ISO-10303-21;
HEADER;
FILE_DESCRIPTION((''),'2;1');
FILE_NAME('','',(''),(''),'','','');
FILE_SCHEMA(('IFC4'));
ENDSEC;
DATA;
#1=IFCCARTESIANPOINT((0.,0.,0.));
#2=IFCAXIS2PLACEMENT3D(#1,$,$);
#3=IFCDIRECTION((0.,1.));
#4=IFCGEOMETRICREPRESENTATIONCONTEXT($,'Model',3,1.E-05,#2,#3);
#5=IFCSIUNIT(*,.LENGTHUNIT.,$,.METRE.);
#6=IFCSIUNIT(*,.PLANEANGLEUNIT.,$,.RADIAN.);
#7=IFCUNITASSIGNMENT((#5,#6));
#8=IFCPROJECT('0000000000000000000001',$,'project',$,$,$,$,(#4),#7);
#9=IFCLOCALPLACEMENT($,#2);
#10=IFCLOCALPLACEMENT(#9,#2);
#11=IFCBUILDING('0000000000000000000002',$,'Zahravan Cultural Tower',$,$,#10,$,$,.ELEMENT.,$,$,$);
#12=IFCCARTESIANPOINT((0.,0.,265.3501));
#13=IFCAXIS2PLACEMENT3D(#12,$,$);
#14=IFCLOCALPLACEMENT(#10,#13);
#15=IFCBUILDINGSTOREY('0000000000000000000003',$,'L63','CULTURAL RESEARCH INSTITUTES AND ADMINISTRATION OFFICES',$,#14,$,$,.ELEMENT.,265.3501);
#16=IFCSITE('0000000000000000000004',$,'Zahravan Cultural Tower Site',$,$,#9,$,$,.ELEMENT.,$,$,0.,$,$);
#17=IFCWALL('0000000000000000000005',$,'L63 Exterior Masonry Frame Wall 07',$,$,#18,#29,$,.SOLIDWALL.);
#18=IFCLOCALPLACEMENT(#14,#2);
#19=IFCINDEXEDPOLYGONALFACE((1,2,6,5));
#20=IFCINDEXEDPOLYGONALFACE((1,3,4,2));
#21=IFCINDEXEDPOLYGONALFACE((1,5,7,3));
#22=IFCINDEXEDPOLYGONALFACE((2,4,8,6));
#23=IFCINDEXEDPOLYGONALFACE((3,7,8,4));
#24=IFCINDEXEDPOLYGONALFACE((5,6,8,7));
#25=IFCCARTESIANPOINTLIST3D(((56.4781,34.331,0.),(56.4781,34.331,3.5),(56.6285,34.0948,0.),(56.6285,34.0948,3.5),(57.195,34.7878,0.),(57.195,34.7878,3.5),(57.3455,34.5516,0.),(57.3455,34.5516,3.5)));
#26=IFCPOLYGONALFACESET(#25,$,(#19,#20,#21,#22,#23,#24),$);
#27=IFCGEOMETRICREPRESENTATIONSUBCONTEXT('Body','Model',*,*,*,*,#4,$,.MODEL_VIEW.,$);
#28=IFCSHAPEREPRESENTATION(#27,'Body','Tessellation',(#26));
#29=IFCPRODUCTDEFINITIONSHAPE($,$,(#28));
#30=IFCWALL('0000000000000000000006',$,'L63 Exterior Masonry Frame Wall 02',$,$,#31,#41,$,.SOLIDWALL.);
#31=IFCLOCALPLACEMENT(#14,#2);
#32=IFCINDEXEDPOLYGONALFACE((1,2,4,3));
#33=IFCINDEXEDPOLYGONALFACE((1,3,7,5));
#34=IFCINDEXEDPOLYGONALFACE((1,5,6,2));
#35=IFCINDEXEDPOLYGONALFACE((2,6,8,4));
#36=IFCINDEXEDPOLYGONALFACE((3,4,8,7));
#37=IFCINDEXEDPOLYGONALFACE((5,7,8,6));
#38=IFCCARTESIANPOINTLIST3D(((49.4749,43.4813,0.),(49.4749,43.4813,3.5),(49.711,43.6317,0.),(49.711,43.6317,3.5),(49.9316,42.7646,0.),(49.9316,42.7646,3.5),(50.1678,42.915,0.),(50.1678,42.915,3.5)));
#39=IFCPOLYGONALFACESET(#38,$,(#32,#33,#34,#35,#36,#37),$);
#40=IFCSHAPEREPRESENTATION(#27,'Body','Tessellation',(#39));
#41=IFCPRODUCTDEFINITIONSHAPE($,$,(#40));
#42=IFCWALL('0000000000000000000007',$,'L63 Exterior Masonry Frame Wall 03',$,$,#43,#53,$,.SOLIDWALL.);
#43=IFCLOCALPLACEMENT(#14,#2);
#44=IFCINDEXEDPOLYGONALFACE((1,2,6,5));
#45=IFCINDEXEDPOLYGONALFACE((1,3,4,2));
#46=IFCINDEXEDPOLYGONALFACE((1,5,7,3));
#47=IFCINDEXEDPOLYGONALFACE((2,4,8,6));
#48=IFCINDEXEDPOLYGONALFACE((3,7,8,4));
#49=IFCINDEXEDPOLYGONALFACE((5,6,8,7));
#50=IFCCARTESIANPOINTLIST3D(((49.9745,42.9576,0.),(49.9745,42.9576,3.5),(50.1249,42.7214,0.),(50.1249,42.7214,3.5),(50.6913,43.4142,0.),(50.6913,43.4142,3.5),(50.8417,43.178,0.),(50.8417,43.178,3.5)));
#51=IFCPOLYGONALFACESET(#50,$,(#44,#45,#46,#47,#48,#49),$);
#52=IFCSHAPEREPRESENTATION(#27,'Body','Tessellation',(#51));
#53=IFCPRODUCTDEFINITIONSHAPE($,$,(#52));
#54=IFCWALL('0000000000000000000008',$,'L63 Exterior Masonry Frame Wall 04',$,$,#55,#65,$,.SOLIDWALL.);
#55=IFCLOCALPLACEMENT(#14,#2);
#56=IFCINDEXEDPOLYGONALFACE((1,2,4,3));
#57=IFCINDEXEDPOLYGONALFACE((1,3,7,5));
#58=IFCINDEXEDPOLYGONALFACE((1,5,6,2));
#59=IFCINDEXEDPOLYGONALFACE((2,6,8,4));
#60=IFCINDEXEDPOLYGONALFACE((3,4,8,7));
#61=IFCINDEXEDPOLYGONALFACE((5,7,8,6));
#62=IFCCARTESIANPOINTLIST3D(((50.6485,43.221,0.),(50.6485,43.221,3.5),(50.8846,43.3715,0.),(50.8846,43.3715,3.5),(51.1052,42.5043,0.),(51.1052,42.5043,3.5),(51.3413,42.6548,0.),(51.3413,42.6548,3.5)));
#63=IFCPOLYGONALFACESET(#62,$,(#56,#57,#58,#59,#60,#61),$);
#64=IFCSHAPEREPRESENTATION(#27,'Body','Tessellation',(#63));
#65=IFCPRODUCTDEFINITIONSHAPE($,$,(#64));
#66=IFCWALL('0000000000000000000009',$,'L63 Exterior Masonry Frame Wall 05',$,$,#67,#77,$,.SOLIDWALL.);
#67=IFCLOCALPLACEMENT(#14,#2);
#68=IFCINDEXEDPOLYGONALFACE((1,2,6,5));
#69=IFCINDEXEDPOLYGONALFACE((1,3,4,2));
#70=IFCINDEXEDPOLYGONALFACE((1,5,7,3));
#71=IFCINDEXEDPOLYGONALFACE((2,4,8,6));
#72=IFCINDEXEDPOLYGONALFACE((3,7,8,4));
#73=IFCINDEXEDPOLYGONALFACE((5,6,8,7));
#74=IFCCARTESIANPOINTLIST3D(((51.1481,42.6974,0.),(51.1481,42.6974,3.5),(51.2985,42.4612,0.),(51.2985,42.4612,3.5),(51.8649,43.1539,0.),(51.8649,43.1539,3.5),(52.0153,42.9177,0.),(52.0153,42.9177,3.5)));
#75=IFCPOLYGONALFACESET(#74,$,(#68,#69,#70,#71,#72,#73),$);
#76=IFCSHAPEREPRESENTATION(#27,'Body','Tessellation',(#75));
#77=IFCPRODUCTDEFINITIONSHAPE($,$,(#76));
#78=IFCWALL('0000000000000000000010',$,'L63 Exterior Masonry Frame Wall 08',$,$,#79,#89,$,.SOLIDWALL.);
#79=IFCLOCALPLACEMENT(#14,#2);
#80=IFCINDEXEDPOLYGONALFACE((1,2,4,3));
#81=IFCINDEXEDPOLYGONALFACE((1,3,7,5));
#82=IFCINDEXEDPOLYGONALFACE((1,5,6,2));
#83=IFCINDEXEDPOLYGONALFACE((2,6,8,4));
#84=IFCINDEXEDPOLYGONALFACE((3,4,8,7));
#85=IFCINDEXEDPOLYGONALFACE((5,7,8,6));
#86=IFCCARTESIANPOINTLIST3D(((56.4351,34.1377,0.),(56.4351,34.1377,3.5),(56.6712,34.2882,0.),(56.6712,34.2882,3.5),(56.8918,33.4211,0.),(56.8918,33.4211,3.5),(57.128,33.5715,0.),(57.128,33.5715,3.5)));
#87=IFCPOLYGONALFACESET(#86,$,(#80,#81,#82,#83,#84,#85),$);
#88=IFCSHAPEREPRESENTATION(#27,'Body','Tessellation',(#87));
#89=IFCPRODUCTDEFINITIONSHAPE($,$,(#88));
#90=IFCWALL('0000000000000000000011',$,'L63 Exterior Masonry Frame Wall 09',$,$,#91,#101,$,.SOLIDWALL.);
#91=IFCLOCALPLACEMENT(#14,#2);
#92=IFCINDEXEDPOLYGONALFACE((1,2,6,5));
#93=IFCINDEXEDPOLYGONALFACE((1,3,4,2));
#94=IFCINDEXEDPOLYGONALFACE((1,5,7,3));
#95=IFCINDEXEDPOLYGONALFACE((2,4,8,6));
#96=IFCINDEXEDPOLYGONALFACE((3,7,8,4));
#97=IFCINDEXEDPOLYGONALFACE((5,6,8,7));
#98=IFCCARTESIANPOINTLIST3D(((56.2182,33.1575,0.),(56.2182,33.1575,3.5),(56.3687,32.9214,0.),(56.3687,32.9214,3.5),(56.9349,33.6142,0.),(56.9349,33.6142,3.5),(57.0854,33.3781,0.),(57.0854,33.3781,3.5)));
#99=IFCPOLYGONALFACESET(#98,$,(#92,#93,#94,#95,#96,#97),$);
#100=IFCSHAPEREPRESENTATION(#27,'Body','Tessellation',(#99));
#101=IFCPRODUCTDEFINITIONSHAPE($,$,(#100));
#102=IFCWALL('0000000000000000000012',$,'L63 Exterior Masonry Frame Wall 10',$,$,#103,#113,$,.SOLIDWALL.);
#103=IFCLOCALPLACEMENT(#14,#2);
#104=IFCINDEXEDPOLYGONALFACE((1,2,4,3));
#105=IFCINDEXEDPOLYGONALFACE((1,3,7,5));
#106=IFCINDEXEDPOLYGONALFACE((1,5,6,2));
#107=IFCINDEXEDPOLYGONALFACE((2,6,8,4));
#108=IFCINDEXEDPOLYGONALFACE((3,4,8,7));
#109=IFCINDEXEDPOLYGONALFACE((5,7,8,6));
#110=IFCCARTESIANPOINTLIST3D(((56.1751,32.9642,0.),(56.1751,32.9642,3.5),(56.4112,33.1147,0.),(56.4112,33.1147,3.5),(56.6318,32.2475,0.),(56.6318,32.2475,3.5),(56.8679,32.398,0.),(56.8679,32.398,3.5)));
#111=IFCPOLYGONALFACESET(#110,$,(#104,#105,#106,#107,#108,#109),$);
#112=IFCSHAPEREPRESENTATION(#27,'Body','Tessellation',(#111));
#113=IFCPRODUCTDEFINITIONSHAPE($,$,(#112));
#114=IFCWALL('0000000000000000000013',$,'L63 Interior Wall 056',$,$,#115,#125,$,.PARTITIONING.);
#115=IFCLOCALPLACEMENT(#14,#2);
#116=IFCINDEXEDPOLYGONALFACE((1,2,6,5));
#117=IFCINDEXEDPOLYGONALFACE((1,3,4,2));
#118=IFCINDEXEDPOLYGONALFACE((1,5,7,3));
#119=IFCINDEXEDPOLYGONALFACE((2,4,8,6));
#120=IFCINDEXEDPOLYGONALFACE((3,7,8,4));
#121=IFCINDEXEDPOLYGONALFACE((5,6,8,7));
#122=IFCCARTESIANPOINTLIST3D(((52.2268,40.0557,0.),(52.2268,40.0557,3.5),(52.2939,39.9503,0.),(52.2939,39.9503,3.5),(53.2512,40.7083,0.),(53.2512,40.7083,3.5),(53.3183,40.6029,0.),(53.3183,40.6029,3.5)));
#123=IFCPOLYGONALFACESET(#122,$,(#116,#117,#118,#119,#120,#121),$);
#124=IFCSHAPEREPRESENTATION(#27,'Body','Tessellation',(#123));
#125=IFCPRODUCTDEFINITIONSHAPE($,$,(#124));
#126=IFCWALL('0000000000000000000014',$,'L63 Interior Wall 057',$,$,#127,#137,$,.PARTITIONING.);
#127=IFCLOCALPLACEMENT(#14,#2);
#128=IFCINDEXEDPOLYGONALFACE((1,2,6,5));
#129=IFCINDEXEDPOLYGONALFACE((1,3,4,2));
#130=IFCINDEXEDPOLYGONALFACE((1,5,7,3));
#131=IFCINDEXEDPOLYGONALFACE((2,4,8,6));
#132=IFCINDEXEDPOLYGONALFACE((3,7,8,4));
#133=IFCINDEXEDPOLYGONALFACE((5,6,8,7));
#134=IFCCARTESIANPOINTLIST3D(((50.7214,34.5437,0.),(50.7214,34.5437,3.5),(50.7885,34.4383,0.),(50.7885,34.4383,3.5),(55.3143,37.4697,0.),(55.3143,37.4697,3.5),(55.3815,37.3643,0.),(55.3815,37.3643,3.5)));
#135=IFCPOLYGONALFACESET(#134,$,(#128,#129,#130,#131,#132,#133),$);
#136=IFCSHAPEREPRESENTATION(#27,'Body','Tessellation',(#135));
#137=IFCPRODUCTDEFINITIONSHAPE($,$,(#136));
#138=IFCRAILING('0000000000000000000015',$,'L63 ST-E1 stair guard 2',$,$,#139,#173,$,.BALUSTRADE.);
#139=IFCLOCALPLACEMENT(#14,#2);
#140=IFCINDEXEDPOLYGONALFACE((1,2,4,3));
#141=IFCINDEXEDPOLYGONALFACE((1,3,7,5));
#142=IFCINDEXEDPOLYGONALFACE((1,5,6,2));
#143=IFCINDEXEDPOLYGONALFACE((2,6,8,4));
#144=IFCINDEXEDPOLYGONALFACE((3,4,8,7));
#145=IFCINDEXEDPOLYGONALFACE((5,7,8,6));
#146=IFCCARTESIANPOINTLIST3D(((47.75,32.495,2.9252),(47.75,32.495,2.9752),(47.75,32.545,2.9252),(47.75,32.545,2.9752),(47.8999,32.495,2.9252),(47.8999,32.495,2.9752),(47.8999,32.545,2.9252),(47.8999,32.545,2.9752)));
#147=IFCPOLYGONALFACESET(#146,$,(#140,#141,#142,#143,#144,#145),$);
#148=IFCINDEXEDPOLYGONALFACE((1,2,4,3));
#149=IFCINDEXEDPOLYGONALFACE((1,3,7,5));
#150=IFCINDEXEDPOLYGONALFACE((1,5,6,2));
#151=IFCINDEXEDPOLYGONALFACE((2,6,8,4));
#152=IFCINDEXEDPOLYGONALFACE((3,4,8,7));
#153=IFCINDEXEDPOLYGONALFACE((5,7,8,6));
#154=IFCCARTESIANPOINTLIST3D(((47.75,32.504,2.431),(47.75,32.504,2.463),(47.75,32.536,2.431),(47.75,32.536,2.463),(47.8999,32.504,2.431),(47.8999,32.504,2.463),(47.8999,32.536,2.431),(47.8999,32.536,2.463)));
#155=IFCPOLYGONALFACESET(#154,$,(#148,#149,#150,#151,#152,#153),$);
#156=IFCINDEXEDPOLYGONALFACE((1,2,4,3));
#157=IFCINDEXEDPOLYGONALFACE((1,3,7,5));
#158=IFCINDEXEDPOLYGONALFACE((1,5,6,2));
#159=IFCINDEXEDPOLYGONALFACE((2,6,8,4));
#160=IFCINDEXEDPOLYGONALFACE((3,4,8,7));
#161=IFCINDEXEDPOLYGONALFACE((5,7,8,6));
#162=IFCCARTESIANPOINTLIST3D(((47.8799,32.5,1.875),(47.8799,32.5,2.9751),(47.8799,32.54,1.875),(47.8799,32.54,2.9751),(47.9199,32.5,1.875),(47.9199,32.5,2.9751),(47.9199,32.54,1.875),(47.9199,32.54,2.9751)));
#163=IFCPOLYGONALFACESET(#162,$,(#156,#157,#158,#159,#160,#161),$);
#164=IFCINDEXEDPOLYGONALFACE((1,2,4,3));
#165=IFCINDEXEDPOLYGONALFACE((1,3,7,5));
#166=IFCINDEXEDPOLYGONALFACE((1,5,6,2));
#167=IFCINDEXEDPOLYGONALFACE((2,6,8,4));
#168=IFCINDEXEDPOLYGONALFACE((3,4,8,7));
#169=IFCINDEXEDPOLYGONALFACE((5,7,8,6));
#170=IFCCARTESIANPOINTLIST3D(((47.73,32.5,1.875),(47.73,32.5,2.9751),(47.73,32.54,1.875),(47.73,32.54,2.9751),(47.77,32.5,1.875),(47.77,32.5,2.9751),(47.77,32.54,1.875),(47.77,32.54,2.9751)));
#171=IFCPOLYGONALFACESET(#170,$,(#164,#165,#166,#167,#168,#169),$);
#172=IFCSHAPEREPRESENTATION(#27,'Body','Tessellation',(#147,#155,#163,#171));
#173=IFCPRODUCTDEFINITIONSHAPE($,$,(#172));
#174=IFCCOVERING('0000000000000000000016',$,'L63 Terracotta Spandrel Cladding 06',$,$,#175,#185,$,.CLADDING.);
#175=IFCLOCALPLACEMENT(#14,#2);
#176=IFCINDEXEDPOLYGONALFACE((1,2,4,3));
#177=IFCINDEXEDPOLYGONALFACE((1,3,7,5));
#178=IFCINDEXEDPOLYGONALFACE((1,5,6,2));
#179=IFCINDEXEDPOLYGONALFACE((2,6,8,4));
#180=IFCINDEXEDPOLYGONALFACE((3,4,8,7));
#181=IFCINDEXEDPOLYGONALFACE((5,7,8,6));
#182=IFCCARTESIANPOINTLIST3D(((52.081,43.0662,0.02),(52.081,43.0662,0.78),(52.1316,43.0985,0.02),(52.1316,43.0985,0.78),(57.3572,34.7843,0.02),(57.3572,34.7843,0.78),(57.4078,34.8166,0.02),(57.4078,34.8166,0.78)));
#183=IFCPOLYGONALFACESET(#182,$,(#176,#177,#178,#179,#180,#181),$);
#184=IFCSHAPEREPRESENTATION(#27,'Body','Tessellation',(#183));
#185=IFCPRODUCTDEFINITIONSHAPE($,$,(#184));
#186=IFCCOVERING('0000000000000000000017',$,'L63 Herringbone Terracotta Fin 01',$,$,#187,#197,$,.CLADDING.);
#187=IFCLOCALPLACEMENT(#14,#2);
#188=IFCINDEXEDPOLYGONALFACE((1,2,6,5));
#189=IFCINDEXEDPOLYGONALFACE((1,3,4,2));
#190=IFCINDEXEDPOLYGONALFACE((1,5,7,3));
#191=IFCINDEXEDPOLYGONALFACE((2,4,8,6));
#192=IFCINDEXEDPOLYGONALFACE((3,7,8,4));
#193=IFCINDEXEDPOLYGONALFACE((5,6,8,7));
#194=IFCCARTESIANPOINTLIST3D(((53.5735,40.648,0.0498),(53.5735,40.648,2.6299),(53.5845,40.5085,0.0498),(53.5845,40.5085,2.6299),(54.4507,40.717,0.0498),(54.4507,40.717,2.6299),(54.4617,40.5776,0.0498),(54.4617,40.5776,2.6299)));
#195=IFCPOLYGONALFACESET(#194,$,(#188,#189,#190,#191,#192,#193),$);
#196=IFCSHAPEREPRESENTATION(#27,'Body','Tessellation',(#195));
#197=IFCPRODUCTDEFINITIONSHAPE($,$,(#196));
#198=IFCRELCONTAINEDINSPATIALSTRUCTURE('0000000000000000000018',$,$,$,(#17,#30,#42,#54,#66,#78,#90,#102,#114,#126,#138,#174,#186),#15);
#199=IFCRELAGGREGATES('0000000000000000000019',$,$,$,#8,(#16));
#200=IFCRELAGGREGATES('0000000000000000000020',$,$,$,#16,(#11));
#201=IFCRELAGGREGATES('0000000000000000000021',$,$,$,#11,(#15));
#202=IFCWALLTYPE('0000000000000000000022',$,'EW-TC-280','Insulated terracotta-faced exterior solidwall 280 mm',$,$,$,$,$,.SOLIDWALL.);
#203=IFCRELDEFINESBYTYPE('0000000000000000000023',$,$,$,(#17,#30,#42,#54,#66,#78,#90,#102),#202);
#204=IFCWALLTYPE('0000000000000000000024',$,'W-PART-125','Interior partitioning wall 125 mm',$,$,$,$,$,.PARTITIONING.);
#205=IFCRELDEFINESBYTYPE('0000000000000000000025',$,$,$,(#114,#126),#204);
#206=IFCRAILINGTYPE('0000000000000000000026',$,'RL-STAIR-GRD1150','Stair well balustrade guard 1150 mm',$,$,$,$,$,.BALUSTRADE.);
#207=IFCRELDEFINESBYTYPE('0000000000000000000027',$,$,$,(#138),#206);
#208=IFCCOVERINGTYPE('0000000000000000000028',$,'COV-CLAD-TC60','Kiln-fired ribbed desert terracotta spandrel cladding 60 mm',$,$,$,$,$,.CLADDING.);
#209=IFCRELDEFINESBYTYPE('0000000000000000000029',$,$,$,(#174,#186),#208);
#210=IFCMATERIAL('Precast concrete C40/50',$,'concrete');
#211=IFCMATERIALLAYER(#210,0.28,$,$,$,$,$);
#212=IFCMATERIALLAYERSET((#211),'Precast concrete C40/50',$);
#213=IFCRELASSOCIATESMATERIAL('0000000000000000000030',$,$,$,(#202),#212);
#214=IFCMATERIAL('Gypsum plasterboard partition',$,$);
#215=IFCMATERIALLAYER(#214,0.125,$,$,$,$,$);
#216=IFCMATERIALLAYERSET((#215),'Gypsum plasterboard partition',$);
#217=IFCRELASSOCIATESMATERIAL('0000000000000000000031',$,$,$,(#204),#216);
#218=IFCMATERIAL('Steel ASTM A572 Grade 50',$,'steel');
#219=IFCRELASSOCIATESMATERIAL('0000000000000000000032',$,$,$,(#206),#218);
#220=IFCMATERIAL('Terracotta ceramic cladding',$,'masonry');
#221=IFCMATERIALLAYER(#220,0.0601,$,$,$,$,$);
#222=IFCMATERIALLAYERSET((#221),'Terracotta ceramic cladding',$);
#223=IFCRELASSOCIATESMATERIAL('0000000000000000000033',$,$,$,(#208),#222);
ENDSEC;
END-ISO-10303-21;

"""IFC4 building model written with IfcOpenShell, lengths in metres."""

from ifc_helpers import new_model, si_unit, direction, frame, frame_2d, origin, origin_2d, place, context, subcontext, project, spatial, rectangle, extrude, source, transform, mapped, material, layer, layer_set, type_object, element, save


model = new_model("IFC4")

# Units and contexts
model_context = context("Model", 3, precision=1e-05, world=origin(), true_north=direction((0.0, 1.0)))
body_context = subcontext(model_context, "Body", "Model", "MODEL_VIEW")
ifc_project = project(units=[si_unit("LENGTHUNIT", "METRE"), si_unit("PLANEANGLEUNIT", "RADIAN")], contexts=[model_context])

# Site, building, storey
site_placement = place(None, origin())
site = spatial("IfcSite", under=ifc_project, at=site_placement, Name="Zahravan Cultural Tower Site", CompositionType="ELEMENT", RefElevation=0.0)
building_placement = place(site_placement, origin())
building = spatial("IfcBuilding", under=site, at=building_placement, Name="Zahravan Cultural Tower", CompositionType="ELEMENT")
storey_placement = place(building_placement, frame((0.0, 0.0, 265.3501)))
storey = spatial("IfcBuildingStorey", under=building, at=storey_placement, Name="L63", Description="CULTURAL RESEARCH INSTITUTES AND ADMINISTRATION OFFICES", CompositionType="ELEMENT", Elevation=265.3501)

# Shared definitions
ifc_material_1 = material(Name="Precast concrete C40/50", Category="concrete")
ifc_layer_1 = layer(ifc_material_1, 0.28)
ifc_layer_set_1 = layer_set([ifc_layer_1], Name="Precast concrete C40/50")
wall_type_1 = type_object("IfcWallType", Name="EW-TC-280", Description="Insulated terracotta-faced exterior solidwall 280 mm", PredefinedType="SOLIDWALL", material=ifc_layer_set_1)

# Shared definitions
ifc_material_2 = material(Name="Gypsum plasterboard partition")
ifc_layer_2 = layer(ifc_material_2, 0.125)
ifc_layer_set_2 = layer_set([ifc_layer_2], Name="Gypsum plasterboard partition")
wall_type_2 = type_object("IfcWallType", Name="W-PART-125", Description="Interior partitioning wall 125 mm", PredefinedType="PARTITIONING", material=ifc_layer_set_2)

# Walls
shared_shape_1 = source(origin(), body_context, "Body", "SweptSolid", [
    extrude(rectangle(XDim=0.8501, YDim=0.28, at=frame_2d((0.425, 0.0))), origin(), (0.0, 0.0, 1.0), 3.5),
])
wall_1_placement = place(storey_placement, frame((57.2703, 34.6697, 0.0), z_axis=(0.0, 0.0, 1.0), x_axis=(-0.843401, -0.537284, 0.0)))
element("IfcWall", 1, at=wall_1_placement, inside=storey, type_object=wall_type_1, Name="L63 Exterior Masonry Frame Wall 07", PredefinedType="SOLIDWALL", context=body_context, shape_type="MappedRepresentation", body=[
    mapped(shared_shape_1, transform((0.0, 0.0, 0.0), x_axis=(1.0, 0.0, 0.0), y_axis=(0.0, 1.0, 0.0), z_axis=(0.0, 0.0, 1.0), scale=1.0)),
])
shared_shape_2 = source(origin(), body_context, "Body", "SweptSolid", [
    extrude(rectangle(XDim=0.8499, YDim=0.28, at=frame_2d((0.4248, 0.0))), origin(), (0.0, 0.0, 1.0), 3.5),
])
for number, where, z_axis, x_axis, name in (
    (2, (49.593, 43.5564, 0.0), (0.0, 0.0, 1.0), (0.537414, -0.843318, 0.0), "L63 Exterior Masonry Frame Wall 02"),
    (3, (50.0498, 42.8396, 0.0), (0.0, 0.0, 1.0), (0.843448, 0.53721, 0.0), "L63 Exterior Masonry Frame Wall 03"),
    (4, (50.7666, 43.2961, 0.0), (0.0, 0.0, 1.0), (0.537414, -0.843318, 0.0), "L63 Exterior Masonry Frame Wall 04"),
    (5, (51.2234, 42.5793, 0.0), (0.0, 0.0, 1.0), (0.843448, 0.53721, 0.0), "L63 Exterior Masonry Frame Wall 05"),
    (6, (56.5532, 34.2129, 0.0), (0.0, 0.0, 1.0), (0.537414, -0.843318, 0.0), "L63 Exterior Masonry Frame Wall 08"),
    (7, (57.01, 33.4961, 0.0), (0.0, 0.0, 1.0), (-0.843318, -0.537414, 0.0), "L63 Exterior Masonry Frame Wall 09"),
    (8, (56.2932, 33.0393, 0.0), (0.0, 0.0, 1.0), (0.537414, -0.843318, 0.0), "L63 Exterior Masonry Frame Wall 10"),
):
    element("IfcWall", number, at=place(storey_placement, frame(where, z_axis=z_axis, x_axis=x_axis)), inside=storey, type_object=wall_type_1, Name=name, PredefinedType="SOLIDWALL", context=body_context, shape_type="MappedRepresentation", body=[
        mapped(shared_shape_2, transform((0.0, 0.0, 0.0), x_axis=(1.0, 0.0, 0.0), y_axis=(0.0, 1.0, 0.0), z_axis=(0.0, 0.0, 1.0), scale=1.0)),
    ])
shared_shape_3 = source(origin(), body_context, "Body", "SweptSolid", [
    extrude(rectangle(XDim=1.2146, YDim=0.125, at=frame_2d((0.6074, 0.0))), origin(), (0.0, 0.0, 1.0), 3.5),
])
wall_2_placement = place(storey_placement, frame((52.2603, 40.0029, 0.0), z_axis=(0.0, 0.0, 1.0), x_axis=(0.843405, 0.537279, 0.0)))
element("IfcWall", 9, at=wall_2_placement, inside=storey, type_object=wall_type_2, Name="L63 Interior Wall 056", PredefinedType="PARTITIONING", context=body_context, shape_type="MappedRepresentation", body=[
    mapped(shared_shape_3, transform((0.0, 0.0, 0.0), x_axis=(1.0, 0.0, 0.0), y_axis=(0.0, 1.0, 0.0), z_axis=(0.0, 0.0, 1.0), scale=1.0)),
])
shared_shape_4 = source(origin(), body_context, "Body", "SweptSolid", [
    extrude(rectangle(XDim=5.4458, YDim=0.125, at=frame_2d((2.7229, 0.0))), origin(), (0.0, 0.0, 1.0), 3.5),
])
wall_3_placement = place(storey_placement, frame((55.3479, 37.417, 0.0), z_axis=(0.0, 0.0, 1.0), x_axis=(-0.843396, -0.537293, 0.0)))
element("IfcWall", 10, at=wall_3_placement, inside=storey, type_object=wall_type_2, Name="L63 Interior Wall 057", PredefinedType="PARTITIONING", context=body_context, shape_type="MappedRepresentation", body=[
    mapped(shared_shape_4, transform((0.0, 0.0, 0.0), x_axis=(1.0, 0.0, 0.0), y_axis=(0.0, 1.0, 0.0), z_axis=(0.0, 0.0, 1.0), scale=1.0)),
])

# Railing
ifc_material_3 = material(Name="Steel ASTM A572 Grade 50", Category="steel")
railing_type = type_object("IfcRailingType", Name="RL-STAIR-GRD1150", Description="Stair well balustrade guard 1150 mm", PredefinedType="BALUSTRADE", material=ifc_material_3)
railing_placement = place(storey_placement, frame((47.8999, 32.52, 1.875)))
element("IfcRailing", 11, at=railing_placement, inside=storey, type_object=railing_type, Name="L63 ST-E1 stair guard 2", PredefinedType="BALUSTRADE", context=body_context, shape_type="SweptSolid", body=[
    extrude(rectangle(XDim=0.05, YDim=0.05, at=origin_2d()), frame((0.0, 0.0, 1.0752), z_axis=(-1.0, 0.0, 0.0), x_axis=(0.0, -1.0, 0.0)), (0.0, 0.0, 1.0), 0.1499),
    extrude(rectangle(XDim=0.032, YDim=0.032, at=origin_2d()), frame((0.0, 0.0, 0.572), z_axis=(-1.0, 0.0, 0.0), x_axis=(0.0, -1.0, 0.0)), (0.0, 0.0, 1.0), 0.1499),
    extrude(rectangle(XDim=0.04, YDim=0.04, at=origin_2d()), origin(), (0.0, 0.0, 1.0), 1.1001),
    extrude(rectangle(XDim=0.04, YDim=0.04, at=origin_2d()), frame((-0.1499, 0.0, 0.0)), (0.0, 0.0, 1.0), 1.1001),
])

# Coverings
ifc_material_4 = material(Name="Terracotta ceramic cladding", Category="masonry")
ifc_layer_3 = layer(ifc_material_4, 0.0601)
ifc_layer_set_3 = layer_set([ifc_layer_3], Name="Terracotta ceramic cladding")
covering_type = type_object("IfcCoveringType", Name="COV-CLAD-TC60", Description="Kiln-fired ribbed desert terracotta spandrel cladding 60 mm", PredefinedType="CLADDING", material=ifc_layer_set_3)
shared_shape_5 = source(origin(), body_context, "Body", "SweptSolid", [
    extrude(rectangle(XDim=9.8198, YDim=0.0601, at=origin_2d()), origin(), (0.0, 0.0, 1.0), 0.76),
])
covering_placement = place(storey_placement, frame((54.7444, 38.9414, 0.02), z_axis=(0.0, 0.0, 1.0), x_axis=(0.5373, -0.843391, 0.0)))
element("IfcCovering", 12, at=covering_placement, inside=storey, type_object=covering_type, Name="L63 Terracotta Spandrel Cladding 06", PredefinedType="CLADDING", context=body_context, shape_type="MappedRepresentation", body=[
    mapped(shared_shape_5, transform((0.0, 0.0, 0.0), x_axis=(1.0, 0.0, 0.0), y_axis=(0.0, 1.0, 0.0), z_axis=(0.0, 0.0, 1.0), scale=1.0)),
])
shared_shape_6 = source(origin(), body_context, "Body", "SweptSolid", [
    extrude(rectangle(XDim=0.8799, YDim=0.1399, at=origin_2d()), origin(), (0.0, 0.0, 1.0), 2.5801),
])
for number, where, z_axis, x_axis, name in (
    (13, (54.0176, 40.6128, 0.0498), (0.0, 0.0, 1.0), (0.996917, 0.078459, 0.0), "L63 Herringbone Terracotta Fin 01"),
):
    element("IfcCovering", number, at=place(storey_placement, frame(where, z_axis=z_axis, x_axis=x_axis)), inside=storey, type_object=covering_type, Name=name, PredefinedType="CLADDING", context=body_context, shape_type="MappedRepresentation", body=[
        mapped(shared_shape_6, transform((0.0, 0.0, 0.0), x_axis=(1.0, 0.0, 0.0), y_axis=(0.0, 1.0, 0.0), z_axis=(0.0, 0.0, 1.0), scale=1.0)),
    ])

save(model, "model.ifc")
